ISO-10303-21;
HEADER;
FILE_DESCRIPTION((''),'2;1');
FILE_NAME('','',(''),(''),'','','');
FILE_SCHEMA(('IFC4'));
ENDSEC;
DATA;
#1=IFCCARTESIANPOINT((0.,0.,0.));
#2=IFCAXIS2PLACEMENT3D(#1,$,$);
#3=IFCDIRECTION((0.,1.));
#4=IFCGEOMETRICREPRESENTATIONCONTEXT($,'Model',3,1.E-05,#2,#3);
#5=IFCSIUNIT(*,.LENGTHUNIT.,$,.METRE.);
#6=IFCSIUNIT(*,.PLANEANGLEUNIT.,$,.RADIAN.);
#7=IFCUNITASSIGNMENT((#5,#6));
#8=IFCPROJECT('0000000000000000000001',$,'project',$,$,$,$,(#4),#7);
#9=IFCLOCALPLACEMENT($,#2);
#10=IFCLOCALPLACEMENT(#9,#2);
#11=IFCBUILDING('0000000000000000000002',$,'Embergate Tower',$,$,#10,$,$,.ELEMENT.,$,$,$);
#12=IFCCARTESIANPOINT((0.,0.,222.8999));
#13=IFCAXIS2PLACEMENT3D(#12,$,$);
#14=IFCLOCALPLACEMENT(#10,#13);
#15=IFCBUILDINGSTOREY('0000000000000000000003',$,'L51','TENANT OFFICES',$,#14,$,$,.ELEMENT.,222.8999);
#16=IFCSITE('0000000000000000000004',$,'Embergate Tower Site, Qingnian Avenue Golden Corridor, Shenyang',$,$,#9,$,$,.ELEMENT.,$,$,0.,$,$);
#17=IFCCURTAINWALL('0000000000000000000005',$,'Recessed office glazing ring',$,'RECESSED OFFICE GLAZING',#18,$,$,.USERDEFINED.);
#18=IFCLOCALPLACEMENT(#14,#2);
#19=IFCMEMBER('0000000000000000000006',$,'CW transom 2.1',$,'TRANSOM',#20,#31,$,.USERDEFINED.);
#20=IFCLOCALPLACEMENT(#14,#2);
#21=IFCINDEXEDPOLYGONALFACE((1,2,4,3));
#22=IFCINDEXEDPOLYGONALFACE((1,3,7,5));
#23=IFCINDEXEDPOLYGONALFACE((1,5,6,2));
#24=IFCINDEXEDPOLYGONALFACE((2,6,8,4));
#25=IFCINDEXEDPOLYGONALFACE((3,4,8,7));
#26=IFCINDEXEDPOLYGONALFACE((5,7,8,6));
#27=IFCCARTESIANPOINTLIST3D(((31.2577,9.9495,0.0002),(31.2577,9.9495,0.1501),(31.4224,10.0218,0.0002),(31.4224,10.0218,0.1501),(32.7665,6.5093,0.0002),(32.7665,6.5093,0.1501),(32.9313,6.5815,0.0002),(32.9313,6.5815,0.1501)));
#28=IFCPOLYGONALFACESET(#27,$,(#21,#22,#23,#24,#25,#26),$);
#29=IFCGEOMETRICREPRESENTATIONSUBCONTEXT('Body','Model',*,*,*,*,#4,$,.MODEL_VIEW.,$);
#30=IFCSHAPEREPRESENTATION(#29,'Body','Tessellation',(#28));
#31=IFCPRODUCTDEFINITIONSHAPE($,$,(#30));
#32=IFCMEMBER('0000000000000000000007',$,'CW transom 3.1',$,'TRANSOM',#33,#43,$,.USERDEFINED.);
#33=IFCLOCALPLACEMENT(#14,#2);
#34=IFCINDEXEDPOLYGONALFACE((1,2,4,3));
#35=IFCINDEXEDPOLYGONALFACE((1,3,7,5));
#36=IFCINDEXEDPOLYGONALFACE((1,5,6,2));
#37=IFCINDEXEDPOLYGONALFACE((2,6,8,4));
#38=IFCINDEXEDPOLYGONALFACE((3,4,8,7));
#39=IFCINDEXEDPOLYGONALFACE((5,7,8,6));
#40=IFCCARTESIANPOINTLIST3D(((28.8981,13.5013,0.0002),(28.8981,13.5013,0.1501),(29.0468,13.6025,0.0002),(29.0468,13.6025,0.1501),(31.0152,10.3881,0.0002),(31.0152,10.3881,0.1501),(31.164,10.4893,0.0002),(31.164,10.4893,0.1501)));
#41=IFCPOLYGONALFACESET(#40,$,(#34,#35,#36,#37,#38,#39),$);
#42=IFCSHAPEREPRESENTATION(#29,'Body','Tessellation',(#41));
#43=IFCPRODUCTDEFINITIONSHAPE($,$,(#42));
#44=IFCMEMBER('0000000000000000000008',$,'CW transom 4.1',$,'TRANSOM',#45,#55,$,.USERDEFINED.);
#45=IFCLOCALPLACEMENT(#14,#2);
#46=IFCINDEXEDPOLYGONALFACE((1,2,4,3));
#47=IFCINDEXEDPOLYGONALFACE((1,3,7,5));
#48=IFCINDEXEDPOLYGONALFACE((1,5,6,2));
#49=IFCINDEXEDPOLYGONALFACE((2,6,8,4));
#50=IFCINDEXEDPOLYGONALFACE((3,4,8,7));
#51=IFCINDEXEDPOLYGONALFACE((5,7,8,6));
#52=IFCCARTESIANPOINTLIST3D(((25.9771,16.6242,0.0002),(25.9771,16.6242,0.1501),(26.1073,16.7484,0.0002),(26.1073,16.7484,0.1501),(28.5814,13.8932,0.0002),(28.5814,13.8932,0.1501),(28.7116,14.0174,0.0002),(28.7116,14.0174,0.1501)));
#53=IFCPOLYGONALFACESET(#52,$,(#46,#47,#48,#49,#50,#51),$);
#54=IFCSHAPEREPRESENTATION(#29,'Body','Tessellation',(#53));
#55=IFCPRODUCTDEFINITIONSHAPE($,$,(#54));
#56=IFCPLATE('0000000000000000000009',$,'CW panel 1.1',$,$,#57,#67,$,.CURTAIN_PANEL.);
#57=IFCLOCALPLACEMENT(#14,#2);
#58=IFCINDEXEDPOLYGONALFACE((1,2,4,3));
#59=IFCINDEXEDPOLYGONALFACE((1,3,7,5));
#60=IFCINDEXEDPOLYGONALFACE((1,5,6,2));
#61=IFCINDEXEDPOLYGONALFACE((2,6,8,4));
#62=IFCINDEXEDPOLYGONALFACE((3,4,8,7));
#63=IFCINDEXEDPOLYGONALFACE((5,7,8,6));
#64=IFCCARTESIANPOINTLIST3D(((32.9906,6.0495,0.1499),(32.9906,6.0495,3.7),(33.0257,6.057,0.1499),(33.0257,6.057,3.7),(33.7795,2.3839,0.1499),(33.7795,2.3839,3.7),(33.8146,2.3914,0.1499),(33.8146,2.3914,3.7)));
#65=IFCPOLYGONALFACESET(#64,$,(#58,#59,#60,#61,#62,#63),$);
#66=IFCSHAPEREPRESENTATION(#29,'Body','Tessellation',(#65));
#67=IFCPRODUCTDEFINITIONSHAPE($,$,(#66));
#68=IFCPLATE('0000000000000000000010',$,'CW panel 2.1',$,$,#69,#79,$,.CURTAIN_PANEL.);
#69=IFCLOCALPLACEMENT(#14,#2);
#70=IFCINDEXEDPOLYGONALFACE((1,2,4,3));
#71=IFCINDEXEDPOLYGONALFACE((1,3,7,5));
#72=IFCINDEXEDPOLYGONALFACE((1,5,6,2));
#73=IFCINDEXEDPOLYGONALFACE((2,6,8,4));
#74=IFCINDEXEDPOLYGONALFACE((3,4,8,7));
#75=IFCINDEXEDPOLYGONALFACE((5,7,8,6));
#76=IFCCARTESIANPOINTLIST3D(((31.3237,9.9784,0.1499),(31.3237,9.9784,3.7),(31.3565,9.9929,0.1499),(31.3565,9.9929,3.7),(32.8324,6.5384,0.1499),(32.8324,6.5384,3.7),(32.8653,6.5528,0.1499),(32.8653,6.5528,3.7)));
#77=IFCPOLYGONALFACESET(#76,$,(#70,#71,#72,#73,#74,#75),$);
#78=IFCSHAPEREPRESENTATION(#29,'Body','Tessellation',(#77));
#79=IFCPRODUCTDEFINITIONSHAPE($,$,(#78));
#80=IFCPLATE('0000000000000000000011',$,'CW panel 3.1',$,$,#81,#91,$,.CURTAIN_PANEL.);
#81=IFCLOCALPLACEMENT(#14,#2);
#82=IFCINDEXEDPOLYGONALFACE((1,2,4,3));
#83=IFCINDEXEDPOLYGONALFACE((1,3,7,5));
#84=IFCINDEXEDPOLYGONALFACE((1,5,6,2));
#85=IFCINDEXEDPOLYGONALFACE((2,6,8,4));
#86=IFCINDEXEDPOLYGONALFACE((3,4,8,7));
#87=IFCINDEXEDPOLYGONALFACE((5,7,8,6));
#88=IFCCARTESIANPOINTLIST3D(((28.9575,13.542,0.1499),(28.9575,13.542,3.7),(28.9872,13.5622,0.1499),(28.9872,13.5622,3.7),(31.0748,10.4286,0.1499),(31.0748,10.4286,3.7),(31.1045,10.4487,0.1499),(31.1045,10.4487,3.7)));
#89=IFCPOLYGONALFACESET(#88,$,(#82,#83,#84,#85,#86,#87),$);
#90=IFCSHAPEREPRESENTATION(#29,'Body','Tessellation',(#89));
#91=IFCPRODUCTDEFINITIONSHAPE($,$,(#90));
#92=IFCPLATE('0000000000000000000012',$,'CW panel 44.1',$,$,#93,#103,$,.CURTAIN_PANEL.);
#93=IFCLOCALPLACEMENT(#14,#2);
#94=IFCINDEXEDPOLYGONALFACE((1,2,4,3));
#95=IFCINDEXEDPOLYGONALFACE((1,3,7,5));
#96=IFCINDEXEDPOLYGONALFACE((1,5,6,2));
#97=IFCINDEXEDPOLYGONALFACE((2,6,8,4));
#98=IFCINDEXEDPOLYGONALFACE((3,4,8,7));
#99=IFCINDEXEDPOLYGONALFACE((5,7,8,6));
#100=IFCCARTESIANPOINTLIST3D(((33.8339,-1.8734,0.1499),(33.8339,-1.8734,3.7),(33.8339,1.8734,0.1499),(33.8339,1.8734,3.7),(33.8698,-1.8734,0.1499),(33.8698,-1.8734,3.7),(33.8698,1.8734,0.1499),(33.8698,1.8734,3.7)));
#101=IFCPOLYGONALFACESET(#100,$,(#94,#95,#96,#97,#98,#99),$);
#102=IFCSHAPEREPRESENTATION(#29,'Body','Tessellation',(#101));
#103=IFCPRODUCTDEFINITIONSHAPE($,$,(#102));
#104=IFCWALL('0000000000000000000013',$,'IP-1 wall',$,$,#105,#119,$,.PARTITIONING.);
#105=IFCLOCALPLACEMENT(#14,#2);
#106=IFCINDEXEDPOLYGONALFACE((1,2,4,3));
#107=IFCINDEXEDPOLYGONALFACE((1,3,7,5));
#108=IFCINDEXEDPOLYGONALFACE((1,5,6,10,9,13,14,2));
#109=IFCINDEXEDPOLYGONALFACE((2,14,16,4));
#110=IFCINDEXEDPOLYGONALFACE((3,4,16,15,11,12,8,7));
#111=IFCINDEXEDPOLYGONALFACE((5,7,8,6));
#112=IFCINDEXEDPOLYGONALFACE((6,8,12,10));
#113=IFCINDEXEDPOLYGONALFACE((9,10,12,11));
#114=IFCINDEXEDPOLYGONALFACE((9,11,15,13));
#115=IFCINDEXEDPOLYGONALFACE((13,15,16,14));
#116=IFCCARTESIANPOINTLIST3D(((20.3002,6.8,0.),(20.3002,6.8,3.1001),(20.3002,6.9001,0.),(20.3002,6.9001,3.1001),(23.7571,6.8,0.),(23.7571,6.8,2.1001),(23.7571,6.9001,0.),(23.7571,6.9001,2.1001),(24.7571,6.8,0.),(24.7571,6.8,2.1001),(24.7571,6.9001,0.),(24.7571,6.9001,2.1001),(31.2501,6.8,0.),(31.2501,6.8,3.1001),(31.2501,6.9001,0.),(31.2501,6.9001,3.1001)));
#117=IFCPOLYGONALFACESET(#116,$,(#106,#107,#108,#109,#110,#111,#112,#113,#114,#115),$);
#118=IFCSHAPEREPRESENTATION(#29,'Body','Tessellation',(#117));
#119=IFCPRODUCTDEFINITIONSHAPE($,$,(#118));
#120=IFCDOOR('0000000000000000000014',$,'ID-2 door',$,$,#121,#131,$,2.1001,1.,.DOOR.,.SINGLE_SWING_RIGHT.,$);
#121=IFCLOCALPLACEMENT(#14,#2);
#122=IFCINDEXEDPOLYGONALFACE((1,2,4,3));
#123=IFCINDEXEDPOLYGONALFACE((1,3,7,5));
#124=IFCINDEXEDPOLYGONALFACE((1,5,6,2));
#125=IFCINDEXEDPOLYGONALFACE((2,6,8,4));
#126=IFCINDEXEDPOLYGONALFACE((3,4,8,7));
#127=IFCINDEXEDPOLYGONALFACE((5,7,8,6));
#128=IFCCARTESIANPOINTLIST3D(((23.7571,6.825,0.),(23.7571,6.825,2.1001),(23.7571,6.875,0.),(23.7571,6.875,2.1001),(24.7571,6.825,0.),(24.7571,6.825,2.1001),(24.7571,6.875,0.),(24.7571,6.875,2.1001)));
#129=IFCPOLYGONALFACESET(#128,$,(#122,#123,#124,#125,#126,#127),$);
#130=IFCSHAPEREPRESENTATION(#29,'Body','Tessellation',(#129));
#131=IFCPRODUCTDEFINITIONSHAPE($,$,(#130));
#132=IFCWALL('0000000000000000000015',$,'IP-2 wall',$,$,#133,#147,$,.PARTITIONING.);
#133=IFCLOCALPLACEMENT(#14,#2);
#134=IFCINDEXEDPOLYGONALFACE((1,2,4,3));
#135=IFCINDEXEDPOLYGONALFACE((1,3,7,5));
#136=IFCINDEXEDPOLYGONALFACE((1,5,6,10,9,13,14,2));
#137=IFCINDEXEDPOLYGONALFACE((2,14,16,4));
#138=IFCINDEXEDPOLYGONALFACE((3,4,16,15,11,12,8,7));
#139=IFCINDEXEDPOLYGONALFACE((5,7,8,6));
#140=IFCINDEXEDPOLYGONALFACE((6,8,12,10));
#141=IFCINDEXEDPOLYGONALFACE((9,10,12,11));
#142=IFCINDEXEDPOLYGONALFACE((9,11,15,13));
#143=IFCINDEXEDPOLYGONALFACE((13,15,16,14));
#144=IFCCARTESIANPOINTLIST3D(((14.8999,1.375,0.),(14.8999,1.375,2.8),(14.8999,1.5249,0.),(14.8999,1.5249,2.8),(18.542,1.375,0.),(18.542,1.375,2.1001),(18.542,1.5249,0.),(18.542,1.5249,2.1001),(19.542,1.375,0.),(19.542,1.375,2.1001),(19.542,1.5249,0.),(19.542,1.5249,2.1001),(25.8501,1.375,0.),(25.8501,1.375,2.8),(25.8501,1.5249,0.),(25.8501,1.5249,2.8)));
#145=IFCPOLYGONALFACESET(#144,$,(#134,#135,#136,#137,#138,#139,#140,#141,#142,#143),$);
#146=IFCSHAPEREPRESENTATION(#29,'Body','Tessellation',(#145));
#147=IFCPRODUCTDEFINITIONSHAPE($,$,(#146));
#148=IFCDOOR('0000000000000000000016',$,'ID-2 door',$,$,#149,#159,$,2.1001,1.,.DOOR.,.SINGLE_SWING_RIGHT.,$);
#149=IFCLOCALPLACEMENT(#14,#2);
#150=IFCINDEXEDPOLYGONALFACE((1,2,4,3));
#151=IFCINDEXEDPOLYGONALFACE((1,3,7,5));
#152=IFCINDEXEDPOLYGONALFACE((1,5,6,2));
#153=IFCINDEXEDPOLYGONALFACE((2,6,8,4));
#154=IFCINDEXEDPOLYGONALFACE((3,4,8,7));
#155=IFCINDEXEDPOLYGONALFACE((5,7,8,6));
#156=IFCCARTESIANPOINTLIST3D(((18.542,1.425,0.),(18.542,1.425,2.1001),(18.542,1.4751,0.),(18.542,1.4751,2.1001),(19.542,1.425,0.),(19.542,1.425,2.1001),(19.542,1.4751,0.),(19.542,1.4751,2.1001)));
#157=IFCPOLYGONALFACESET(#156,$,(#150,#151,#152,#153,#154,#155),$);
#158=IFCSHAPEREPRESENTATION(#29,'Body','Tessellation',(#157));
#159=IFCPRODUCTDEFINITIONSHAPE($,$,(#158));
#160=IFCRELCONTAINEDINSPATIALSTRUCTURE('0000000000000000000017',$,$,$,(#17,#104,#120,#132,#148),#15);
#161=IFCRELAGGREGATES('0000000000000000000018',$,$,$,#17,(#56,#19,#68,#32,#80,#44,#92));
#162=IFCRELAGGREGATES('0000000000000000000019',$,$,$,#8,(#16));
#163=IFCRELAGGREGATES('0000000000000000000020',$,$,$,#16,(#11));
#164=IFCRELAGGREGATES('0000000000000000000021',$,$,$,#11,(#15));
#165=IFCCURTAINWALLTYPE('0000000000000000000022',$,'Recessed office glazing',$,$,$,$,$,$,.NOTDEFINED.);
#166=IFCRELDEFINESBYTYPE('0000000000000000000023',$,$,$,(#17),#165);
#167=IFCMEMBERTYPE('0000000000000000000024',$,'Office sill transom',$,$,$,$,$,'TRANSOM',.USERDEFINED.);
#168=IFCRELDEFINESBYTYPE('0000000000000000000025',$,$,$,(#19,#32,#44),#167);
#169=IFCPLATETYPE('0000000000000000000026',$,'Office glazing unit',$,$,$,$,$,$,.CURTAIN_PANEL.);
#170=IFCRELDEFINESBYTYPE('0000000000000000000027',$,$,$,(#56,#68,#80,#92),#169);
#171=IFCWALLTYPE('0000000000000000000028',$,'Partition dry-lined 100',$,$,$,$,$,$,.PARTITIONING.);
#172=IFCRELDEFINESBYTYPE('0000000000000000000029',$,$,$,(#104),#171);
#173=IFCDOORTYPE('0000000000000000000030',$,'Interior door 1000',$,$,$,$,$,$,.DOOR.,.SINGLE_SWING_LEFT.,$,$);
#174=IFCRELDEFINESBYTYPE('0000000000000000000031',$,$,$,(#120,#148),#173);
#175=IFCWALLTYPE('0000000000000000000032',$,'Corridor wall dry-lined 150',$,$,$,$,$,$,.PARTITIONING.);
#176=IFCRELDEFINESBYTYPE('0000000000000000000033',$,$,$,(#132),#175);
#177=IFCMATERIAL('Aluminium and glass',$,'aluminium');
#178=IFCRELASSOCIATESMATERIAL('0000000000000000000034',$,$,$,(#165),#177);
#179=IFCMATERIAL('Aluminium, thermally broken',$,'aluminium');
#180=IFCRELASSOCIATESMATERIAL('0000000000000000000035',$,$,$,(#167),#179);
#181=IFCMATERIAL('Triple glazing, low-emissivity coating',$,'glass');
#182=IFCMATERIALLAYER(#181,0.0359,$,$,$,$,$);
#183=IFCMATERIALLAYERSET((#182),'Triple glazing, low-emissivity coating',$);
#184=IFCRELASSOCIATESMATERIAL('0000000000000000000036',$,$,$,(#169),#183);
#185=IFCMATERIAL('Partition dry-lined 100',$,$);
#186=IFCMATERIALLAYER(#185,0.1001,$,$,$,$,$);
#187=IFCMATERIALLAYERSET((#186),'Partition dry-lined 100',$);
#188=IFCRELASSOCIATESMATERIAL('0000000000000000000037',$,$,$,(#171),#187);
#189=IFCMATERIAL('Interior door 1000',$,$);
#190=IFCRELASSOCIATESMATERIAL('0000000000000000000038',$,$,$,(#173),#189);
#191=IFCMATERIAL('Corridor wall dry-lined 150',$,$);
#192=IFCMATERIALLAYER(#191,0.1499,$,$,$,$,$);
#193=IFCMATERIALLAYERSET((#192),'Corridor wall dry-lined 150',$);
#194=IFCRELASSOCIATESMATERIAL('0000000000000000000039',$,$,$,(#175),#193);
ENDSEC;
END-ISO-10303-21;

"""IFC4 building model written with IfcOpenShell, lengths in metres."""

from ifc_helpers import new_model, si_unit, direction, frame, frame_2d, origin, origin_2d, place, context, subcontext, project, spatial, rectangle, extrude, source, transform, mapped, material, layer, layer_set, material_profile, profile_set, type_object, element, fill, aggregate, save


model = new_model("IFC4")

# Units and contexts
model_context = context("Model", 3, precision=1e-05, world=origin(), true_north=direction((0.0, 1.0)))
body_context = subcontext(model_context, "Body", "Model", "MODEL_VIEW")
ifc_project = project(units=[si_unit("LENGTHUNIT", "METRE"), si_unit("PLANEANGLEUNIT", "RADIAN")], contexts=[model_context])

# Site, building, storey
site_placement = place(None, origin())
site = spatial("IfcSite", under=ifc_project, at=site_placement, Name="Embergate Tower Site, Qingnian Avenue Golden Corridor, Shenyang", CompositionType="ELEMENT", RefElevation=0.0)
building_placement = place(site_placement, origin())
building = spatial("IfcBuilding", under=site, at=building_placement, Name="Embergate Tower", CompositionType="ELEMENT")
storey_placement = place(building_placement, frame((0.0, 0.0, 222.8999)))
storey = spatial("IfcBuildingStorey", under=building, at=storey_placement, Name="L51", Description="TENANT OFFICES", CompositionType="ELEMENT", Elevation=222.8999)

# Curtain wall, members, plates
ifc_material_1 = material(Name="Aluminium and glass", Category="aluminium")
curtain_wall_type = type_object("IfcCurtainWallType", Name="Recessed office glazing", PredefinedType="NOTDEFINED", material=ifc_material_1)
curtain_wall_placement = place(storey_placement, origin())
curtain_wall = element("IfcCurtainWall", 1, at=curtain_wall_placement, inside=storey, type_object=curtain_wall_type, Name="Recessed office glazing ring", ObjectType="RECESSED OFFICE GLAZING", PredefinedType="USERDEFINED")
ifc_material_2 = material(Name="Aluminium, thermally broken", Category="aluminium")
ifc_material_profile_1 = material_profile(ifc_material_2, rectangle(XDim=0.1799, YDim=0.1499, at=origin_2d()), Name="AL 150x180")
ifc_profile_set_1 = profile_set([ifc_material_profile_1], Name="Aluminium, thermally broken")
member_type_1 = type_object("IfcMemberType", Name="Office sill transom", ElementType="TRANSOM", PredefinedType="USERDEFINED", material=ifc_profile_set_1)
shared_shape_1 = source(origin(), body_context, "Body", "SweptSolid", [
    extrude(rectangle(XDim=0.1799, YDim=0.1499, at=origin_2d()), origin(), (0.0, 0.0, 1.0), 3.7566),
])
member_1_placement = place(storey_placement, frame((32.8489, 6.5454, 0.0752), z_axis=(-0.401647, 0.915794, 0.0), x_axis=(-0.915794, -0.401647, 0.0)))
member_1 = element("IfcMember", 2, at=member_1_placement, type_object=member_type_1, Name="CW transom 2.1", ObjectType="TRANSOM", PredefinedType="USERDEFINED", context=body_context, shape_type="MappedRepresentation", body=[
    mapped(shared_shape_1, transform((0.0, 0.0, 0.0))),
])
shared_shape_2 = source(origin(), body_context, "Body", "SweptSolid", [
    extrude(rectangle(XDim=0.1799, YDim=0.1499, at=origin_2d()), origin(), (0.0, 0.0, 1.0), 3.7649),
])
member_2_placement = place(storey_placement, frame((31.0896, 10.4387, 0.0752), z_axis=(-0.562338, 0.826907, 0.0), x_axis=(-0.826907, -0.562338, 0.0)))
member_2 = element("IfcMember", 3, at=member_2_placement, type_object=member_type_1, Name="CW transom 3.1", ObjectType="TRANSOM", PredefinedType="USERDEFINED", context=body_context, shape_type="MappedRepresentation", body=[
    mapped(shared_shape_2, transform((0.0, 0.0, 0.0))),
])
shared_shape_3 = source(origin(), body_context, "Body", "SweptSolid", [
    extrude(rectangle(XDim=0.1799, YDim=0.1499, at=origin_2d()), origin(), (0.0, 0.0, 1.0), 3.7737),
])
member_3_placement = place(storey_placement, frame((28.6465, 13.9553, 0.0752), z_axis=(-0.690119, 0.723696, 0.0), x_axis=(-0.723696, -0.690119, 0.0)))
member_3 = element("IfcMember", 4, at=member_3_placement, type_object=member_type_1, Name="CW transom 4.1", ObjectType="TRANSOM", PredefinedType="USERDEFINED", context=body_context, shape_type="MappedRepresentation", body=[
    mapped(shared_shape_3, transform((0.0, 0.0, 0.0))),
])
ifc_material_3 = material(Name="Triple glazing, low-emissivity coating", Category="glass")
ifc_layer_1 = layer(ifc_material_3, 0.0359)
ifc_layer_set_1 = layer_set([ifc_layer_1], Name="Triple glazing, low-emissivity coating")
plate_type = type_object("IfcPlateType", Name="Office glazing unit", PredefinedType="CURTAIN_PANEL", material=ifc_layer_set_1)
shared_shape_4 = source(origin(), body_context, "Body", "SweptSolid", [
    extrude(rectangle(XDim=3.7495, YDim=0.0359, at=origin_2d()), origin(), (0.0, 0.0, 1.0), 3.55),
])
plate_1_placement = place(storey_placement, frame((33.4026, 4.2205, 0.1499), z_axis=(0.0, 0.0, 1.0), x_axis=(-0.210397, 0.977616, 0.0)))
plate_1 = element("IfcPlate", 5, at=plate_1_placement, type_object=plate_type, Name="CW panel 1.1", PredefinedType="CURTAIN_PANEL", context=body_context, shape_type="MappedRepresentation", body=[
    mapped(shared_shape_4, transform((0.0, 0.0, 0.0))),
])
shared_shape_5 = source(origin(), body_context, "Body", "SweptSolid", [
    extrude(rectangle(XDim=3.7563, YDim=0.0359, at=origin_2d()), origin(), (0.0, 0.0, 1.0), 3.55),
])
plate_2_placement = place(storey_placement, frame((32.0945, 8.2656, 0.1499), z_axis=(0.0, 0.0, 1.0), x_axis=(-0.401649, 0.915794, 0.0)))
plate_2 = element("IfcPlate", 6, at=plate_2_placement, type_object=plate_type, Name="CW panel 2.1", PredefinedType="CURTAIN_PANEL", context=body_context, shape_type="MappedRepresentation", body=[
    mapped(shared_shape_5, transform((0.0, 0.0, 0.0))),
])
shared_shape_6 = source(origin(), body_context, "Body", "SweptSolid", [
    extrude(rectangle(XDim=3.7651, YDim=0.0359, at=origin_2d()), origin(), (0.0, 0.0, 1.0), 3.55),
])
plate_3_placement = place(storey_placement, frame((30.031, 11.9954, 0.1499), z_axis=(0.0, 0.0, 1.0), x_axis=(-0.562339, 0.826907, 0.0)))
plate_3 = element("IfcPlate", 7, at=plate_3_placement, type_object=plate_type, Name="CW panel 3.1", PredefinedType="CURTAIN_PANEL", context=body_context, shape_type="MappedRepresentation", body=[
    mapped(shared_shape_6, transform((0.0, 0.0, 0.0))),
])
shared_shape_7 = source(origin(), body_context, "Body", "SweptSolid", [
    extrude(rectangle(XDim=3.7468, YDim=0.0359, at=origin_2d()), origin(), (0.0, 0.0, 1.0), 3.55),
])
plate_4_placement = place(storey_placement, frame((33.8518, 0.0, 0.1499), z_axis=(0.0, 0.0, 1.0), x_axis=(0.0, 1.0, 0.0)))
plate_4 = element("IfcPlate", 8, at=plate_4_placement, type_object=plate_type, Name="CW panel 44.1", PredefinedType="CURTAIN_PANEL", context=body_context, shape_type="MappedRepresentation", body=[
    mapped(shared_shape_7, transform((0.0, 0.0, 0.0))),
])
aggregate(curtain_wall, [plate_1, member_1, plate_2, member_2, plate_3, member_3, plate_4])

# Walls, openings, doors
ifc_material_4 = material(Name="Partition dry-lined 100")
ifc_layer_2 = layer(ifc_material_4, 0.1001)
ifc_layer_set_2 = layer_set([ifc_layer_2], Name="Partition dry-lined 100")
wall_type_1 = type_object("IfcWallType", Name="Partition dry-lined 100", PredefinedType="PARTITIONING", material=ifc_layer_set_2)
shared_shape_8 = source(origin(), body_context, "Body", "SweptSolid", [
    extrude(rectangle(XDim=10.95, YDim=0.1001, at=frame_2d((5.4751, 0.0))), origin(), (0.0, 0.0, 1.0), 3.1001),
])
wall_1_placement = place(storey_placement, frame((20.3, 6.8501, 0.0), z_axis=(0.0, 0.0, 1.0), x_axis=(1.0, 0.0, 0.0)))
wall_1 = element("IfcWall", 9, at=wall_1_placement, inside=storey, type_object=wall_type_1, Name="IP-1 wall", PredefinedType="PARTITIONING", context=body_context, shape_type="MappedRepresentation", body=[
    mapped(shared_shape_8, transform((0.0, 0.0, 0.0))),
])
shared_shape_9 = source(origin(), body_context, "Body", "SweptSolid", [
    extrude(rectangle(XDim=1.0, YDim=2.1001, at=frame_2d((0.5, 1.05))), frame((0.0, 0.0601, 0.0), z_axis=(0.0, -1.0, 0.0), x_axis=(1.0, 0.0, 0.0)), (0.0, 0.0, 1.0), 0.1201),
])
opening_1_placement = place(wall_1_placement, frame((3.457, 0.0, 0.0)))
opening_1 = element("IfcOpeningElement", 10, at=opening_1_placement, cuts=wall_1, PredefinedType="OPENING", context=body_context, shape_type="MappedRepresentation", body=[
    mapped(shared_shape_9, transform((0.0, 0.0, 0.0))),
])
ifc_material_5 = material(Name="Interior door 1000")
door_type = type_object("IfcDoorType", Name="Interior door 1000", OperationType="SINGLE_SWING_LEFT", PredefinedType="DOOR", material=ifc_material_5)
shared_shape_10 = source(origin(), body_context, "Body", "SweptSolid", [
    extrude(rectangle(XDim=1.0, YDim=2.1001, at=frame_2d((0.5, 1.05))), frame((0.0, 0.0249, 0.0), z_axis=(0.0, -1.0, 0.0), x_axis=(1.0, 0.0, 0.0)), (0.0, 0.0, 1.0), 0.05),
])
door_1_placement = place(opening_1_placement, origin())
door_1 = element("IfcDoor", 11, at=door_1_placement, inside=storey, type_object=door_type, Name="ID-2 door", OperationType="SINGLE_SWING_RIGHT", OverallHeight=2.1001, OverallWidth=1.0, PredefinedType="DOOR", context=body_context, shape_type="MappedRepresentation", body=[
    mapped(shared_shape_10, transform((0.0, 0.0, 0.0))),
])
fill(opening_1, door_1)
ifc_material_6 = material(Name="Corridor wall dry-lined 150")
ifc_layer_3 = layer(ifc_material_6, 0.1499)
ifc_layer_set_3 = layer_set([ifc_layer_3], Name="Corridor wall dry-lined 150")
wall_type_2 = type_object("IfcWallType", Name="Corridor wall dry-lined 150", PredefinedType="PARTITIONING", material=ifc_layer_set_3)
shared_shape_11 = source(origin(), body_context, "Body", "SweptSolid", [
    extrude(rectangle(XDim=10.9502, YDim=0.1499, at=frame_2d((5.4751, 0.0))), origin(), (0.0, 0.0, 1.0), 2.8),
])
wall_2_placement = place(storey_placement, frame((25.8501, 1.45, 0.0), z_axis=(0.0, 0.0, 1.0), x_axis=(-1.0, 0.0, 0.0)))
wall_2 = element("IfcWall", 12, at=wall_2_placement, inside=storey, type_object=wall_type_2, Name="IP-2 wall", PredefinedType="PARTITIONING", context=body_context, shape_type="MappedRepresentation", body=[
    mapped(shared_shape_11, transform((0.0, 0.0, 0.0))),
])
shared_shape_12 = source(origin(), body_context, "Body", "SweptSolid", [
    extrude(rectangle(XDim=1.0, YDim=2.1001, at=frame_2d((0.5, 1.05))), frame((0.0, 0.085, 0.0), z_axis=(0.0, -1.0, 0.0), x_axis=(1.0, 0.0, 0.0)), (0.0, 0.0, 1.0), 0.1699),
])
opening_2_placement = place(wall_2_placement, frame((6.3081, 0.0, 0.0)))
opening_2 = element("IfcOpeningElement", 13, at=opening_2_placement, cuts=wall_2, PredefinedType="OPENING", context=body_context, shape_type="MappedRepresentation", body=[
    mapped(shared_shape_12, transform((0.0, 0.0, 0.0))),
])
door_2_placement = place(opening_2_placement, origin())
door_2 = element("IfcDoor", 14, at=door_2_placement, inside=storey, type_object=door_type, Name="ID-2 door", OperationType="SINGLE_SWING_RIGHT", OverallHeight=2.1001, OverallWidth=1.0, PredefinedType="DOOR", context=body_context, shape_type="MappedRepresentation", body=[
    mapped(shared_shape_10, transform((0.0, 0.0, 0.0))),
])
fill(opening_2, door_2)

save(model, "model.ifc")
